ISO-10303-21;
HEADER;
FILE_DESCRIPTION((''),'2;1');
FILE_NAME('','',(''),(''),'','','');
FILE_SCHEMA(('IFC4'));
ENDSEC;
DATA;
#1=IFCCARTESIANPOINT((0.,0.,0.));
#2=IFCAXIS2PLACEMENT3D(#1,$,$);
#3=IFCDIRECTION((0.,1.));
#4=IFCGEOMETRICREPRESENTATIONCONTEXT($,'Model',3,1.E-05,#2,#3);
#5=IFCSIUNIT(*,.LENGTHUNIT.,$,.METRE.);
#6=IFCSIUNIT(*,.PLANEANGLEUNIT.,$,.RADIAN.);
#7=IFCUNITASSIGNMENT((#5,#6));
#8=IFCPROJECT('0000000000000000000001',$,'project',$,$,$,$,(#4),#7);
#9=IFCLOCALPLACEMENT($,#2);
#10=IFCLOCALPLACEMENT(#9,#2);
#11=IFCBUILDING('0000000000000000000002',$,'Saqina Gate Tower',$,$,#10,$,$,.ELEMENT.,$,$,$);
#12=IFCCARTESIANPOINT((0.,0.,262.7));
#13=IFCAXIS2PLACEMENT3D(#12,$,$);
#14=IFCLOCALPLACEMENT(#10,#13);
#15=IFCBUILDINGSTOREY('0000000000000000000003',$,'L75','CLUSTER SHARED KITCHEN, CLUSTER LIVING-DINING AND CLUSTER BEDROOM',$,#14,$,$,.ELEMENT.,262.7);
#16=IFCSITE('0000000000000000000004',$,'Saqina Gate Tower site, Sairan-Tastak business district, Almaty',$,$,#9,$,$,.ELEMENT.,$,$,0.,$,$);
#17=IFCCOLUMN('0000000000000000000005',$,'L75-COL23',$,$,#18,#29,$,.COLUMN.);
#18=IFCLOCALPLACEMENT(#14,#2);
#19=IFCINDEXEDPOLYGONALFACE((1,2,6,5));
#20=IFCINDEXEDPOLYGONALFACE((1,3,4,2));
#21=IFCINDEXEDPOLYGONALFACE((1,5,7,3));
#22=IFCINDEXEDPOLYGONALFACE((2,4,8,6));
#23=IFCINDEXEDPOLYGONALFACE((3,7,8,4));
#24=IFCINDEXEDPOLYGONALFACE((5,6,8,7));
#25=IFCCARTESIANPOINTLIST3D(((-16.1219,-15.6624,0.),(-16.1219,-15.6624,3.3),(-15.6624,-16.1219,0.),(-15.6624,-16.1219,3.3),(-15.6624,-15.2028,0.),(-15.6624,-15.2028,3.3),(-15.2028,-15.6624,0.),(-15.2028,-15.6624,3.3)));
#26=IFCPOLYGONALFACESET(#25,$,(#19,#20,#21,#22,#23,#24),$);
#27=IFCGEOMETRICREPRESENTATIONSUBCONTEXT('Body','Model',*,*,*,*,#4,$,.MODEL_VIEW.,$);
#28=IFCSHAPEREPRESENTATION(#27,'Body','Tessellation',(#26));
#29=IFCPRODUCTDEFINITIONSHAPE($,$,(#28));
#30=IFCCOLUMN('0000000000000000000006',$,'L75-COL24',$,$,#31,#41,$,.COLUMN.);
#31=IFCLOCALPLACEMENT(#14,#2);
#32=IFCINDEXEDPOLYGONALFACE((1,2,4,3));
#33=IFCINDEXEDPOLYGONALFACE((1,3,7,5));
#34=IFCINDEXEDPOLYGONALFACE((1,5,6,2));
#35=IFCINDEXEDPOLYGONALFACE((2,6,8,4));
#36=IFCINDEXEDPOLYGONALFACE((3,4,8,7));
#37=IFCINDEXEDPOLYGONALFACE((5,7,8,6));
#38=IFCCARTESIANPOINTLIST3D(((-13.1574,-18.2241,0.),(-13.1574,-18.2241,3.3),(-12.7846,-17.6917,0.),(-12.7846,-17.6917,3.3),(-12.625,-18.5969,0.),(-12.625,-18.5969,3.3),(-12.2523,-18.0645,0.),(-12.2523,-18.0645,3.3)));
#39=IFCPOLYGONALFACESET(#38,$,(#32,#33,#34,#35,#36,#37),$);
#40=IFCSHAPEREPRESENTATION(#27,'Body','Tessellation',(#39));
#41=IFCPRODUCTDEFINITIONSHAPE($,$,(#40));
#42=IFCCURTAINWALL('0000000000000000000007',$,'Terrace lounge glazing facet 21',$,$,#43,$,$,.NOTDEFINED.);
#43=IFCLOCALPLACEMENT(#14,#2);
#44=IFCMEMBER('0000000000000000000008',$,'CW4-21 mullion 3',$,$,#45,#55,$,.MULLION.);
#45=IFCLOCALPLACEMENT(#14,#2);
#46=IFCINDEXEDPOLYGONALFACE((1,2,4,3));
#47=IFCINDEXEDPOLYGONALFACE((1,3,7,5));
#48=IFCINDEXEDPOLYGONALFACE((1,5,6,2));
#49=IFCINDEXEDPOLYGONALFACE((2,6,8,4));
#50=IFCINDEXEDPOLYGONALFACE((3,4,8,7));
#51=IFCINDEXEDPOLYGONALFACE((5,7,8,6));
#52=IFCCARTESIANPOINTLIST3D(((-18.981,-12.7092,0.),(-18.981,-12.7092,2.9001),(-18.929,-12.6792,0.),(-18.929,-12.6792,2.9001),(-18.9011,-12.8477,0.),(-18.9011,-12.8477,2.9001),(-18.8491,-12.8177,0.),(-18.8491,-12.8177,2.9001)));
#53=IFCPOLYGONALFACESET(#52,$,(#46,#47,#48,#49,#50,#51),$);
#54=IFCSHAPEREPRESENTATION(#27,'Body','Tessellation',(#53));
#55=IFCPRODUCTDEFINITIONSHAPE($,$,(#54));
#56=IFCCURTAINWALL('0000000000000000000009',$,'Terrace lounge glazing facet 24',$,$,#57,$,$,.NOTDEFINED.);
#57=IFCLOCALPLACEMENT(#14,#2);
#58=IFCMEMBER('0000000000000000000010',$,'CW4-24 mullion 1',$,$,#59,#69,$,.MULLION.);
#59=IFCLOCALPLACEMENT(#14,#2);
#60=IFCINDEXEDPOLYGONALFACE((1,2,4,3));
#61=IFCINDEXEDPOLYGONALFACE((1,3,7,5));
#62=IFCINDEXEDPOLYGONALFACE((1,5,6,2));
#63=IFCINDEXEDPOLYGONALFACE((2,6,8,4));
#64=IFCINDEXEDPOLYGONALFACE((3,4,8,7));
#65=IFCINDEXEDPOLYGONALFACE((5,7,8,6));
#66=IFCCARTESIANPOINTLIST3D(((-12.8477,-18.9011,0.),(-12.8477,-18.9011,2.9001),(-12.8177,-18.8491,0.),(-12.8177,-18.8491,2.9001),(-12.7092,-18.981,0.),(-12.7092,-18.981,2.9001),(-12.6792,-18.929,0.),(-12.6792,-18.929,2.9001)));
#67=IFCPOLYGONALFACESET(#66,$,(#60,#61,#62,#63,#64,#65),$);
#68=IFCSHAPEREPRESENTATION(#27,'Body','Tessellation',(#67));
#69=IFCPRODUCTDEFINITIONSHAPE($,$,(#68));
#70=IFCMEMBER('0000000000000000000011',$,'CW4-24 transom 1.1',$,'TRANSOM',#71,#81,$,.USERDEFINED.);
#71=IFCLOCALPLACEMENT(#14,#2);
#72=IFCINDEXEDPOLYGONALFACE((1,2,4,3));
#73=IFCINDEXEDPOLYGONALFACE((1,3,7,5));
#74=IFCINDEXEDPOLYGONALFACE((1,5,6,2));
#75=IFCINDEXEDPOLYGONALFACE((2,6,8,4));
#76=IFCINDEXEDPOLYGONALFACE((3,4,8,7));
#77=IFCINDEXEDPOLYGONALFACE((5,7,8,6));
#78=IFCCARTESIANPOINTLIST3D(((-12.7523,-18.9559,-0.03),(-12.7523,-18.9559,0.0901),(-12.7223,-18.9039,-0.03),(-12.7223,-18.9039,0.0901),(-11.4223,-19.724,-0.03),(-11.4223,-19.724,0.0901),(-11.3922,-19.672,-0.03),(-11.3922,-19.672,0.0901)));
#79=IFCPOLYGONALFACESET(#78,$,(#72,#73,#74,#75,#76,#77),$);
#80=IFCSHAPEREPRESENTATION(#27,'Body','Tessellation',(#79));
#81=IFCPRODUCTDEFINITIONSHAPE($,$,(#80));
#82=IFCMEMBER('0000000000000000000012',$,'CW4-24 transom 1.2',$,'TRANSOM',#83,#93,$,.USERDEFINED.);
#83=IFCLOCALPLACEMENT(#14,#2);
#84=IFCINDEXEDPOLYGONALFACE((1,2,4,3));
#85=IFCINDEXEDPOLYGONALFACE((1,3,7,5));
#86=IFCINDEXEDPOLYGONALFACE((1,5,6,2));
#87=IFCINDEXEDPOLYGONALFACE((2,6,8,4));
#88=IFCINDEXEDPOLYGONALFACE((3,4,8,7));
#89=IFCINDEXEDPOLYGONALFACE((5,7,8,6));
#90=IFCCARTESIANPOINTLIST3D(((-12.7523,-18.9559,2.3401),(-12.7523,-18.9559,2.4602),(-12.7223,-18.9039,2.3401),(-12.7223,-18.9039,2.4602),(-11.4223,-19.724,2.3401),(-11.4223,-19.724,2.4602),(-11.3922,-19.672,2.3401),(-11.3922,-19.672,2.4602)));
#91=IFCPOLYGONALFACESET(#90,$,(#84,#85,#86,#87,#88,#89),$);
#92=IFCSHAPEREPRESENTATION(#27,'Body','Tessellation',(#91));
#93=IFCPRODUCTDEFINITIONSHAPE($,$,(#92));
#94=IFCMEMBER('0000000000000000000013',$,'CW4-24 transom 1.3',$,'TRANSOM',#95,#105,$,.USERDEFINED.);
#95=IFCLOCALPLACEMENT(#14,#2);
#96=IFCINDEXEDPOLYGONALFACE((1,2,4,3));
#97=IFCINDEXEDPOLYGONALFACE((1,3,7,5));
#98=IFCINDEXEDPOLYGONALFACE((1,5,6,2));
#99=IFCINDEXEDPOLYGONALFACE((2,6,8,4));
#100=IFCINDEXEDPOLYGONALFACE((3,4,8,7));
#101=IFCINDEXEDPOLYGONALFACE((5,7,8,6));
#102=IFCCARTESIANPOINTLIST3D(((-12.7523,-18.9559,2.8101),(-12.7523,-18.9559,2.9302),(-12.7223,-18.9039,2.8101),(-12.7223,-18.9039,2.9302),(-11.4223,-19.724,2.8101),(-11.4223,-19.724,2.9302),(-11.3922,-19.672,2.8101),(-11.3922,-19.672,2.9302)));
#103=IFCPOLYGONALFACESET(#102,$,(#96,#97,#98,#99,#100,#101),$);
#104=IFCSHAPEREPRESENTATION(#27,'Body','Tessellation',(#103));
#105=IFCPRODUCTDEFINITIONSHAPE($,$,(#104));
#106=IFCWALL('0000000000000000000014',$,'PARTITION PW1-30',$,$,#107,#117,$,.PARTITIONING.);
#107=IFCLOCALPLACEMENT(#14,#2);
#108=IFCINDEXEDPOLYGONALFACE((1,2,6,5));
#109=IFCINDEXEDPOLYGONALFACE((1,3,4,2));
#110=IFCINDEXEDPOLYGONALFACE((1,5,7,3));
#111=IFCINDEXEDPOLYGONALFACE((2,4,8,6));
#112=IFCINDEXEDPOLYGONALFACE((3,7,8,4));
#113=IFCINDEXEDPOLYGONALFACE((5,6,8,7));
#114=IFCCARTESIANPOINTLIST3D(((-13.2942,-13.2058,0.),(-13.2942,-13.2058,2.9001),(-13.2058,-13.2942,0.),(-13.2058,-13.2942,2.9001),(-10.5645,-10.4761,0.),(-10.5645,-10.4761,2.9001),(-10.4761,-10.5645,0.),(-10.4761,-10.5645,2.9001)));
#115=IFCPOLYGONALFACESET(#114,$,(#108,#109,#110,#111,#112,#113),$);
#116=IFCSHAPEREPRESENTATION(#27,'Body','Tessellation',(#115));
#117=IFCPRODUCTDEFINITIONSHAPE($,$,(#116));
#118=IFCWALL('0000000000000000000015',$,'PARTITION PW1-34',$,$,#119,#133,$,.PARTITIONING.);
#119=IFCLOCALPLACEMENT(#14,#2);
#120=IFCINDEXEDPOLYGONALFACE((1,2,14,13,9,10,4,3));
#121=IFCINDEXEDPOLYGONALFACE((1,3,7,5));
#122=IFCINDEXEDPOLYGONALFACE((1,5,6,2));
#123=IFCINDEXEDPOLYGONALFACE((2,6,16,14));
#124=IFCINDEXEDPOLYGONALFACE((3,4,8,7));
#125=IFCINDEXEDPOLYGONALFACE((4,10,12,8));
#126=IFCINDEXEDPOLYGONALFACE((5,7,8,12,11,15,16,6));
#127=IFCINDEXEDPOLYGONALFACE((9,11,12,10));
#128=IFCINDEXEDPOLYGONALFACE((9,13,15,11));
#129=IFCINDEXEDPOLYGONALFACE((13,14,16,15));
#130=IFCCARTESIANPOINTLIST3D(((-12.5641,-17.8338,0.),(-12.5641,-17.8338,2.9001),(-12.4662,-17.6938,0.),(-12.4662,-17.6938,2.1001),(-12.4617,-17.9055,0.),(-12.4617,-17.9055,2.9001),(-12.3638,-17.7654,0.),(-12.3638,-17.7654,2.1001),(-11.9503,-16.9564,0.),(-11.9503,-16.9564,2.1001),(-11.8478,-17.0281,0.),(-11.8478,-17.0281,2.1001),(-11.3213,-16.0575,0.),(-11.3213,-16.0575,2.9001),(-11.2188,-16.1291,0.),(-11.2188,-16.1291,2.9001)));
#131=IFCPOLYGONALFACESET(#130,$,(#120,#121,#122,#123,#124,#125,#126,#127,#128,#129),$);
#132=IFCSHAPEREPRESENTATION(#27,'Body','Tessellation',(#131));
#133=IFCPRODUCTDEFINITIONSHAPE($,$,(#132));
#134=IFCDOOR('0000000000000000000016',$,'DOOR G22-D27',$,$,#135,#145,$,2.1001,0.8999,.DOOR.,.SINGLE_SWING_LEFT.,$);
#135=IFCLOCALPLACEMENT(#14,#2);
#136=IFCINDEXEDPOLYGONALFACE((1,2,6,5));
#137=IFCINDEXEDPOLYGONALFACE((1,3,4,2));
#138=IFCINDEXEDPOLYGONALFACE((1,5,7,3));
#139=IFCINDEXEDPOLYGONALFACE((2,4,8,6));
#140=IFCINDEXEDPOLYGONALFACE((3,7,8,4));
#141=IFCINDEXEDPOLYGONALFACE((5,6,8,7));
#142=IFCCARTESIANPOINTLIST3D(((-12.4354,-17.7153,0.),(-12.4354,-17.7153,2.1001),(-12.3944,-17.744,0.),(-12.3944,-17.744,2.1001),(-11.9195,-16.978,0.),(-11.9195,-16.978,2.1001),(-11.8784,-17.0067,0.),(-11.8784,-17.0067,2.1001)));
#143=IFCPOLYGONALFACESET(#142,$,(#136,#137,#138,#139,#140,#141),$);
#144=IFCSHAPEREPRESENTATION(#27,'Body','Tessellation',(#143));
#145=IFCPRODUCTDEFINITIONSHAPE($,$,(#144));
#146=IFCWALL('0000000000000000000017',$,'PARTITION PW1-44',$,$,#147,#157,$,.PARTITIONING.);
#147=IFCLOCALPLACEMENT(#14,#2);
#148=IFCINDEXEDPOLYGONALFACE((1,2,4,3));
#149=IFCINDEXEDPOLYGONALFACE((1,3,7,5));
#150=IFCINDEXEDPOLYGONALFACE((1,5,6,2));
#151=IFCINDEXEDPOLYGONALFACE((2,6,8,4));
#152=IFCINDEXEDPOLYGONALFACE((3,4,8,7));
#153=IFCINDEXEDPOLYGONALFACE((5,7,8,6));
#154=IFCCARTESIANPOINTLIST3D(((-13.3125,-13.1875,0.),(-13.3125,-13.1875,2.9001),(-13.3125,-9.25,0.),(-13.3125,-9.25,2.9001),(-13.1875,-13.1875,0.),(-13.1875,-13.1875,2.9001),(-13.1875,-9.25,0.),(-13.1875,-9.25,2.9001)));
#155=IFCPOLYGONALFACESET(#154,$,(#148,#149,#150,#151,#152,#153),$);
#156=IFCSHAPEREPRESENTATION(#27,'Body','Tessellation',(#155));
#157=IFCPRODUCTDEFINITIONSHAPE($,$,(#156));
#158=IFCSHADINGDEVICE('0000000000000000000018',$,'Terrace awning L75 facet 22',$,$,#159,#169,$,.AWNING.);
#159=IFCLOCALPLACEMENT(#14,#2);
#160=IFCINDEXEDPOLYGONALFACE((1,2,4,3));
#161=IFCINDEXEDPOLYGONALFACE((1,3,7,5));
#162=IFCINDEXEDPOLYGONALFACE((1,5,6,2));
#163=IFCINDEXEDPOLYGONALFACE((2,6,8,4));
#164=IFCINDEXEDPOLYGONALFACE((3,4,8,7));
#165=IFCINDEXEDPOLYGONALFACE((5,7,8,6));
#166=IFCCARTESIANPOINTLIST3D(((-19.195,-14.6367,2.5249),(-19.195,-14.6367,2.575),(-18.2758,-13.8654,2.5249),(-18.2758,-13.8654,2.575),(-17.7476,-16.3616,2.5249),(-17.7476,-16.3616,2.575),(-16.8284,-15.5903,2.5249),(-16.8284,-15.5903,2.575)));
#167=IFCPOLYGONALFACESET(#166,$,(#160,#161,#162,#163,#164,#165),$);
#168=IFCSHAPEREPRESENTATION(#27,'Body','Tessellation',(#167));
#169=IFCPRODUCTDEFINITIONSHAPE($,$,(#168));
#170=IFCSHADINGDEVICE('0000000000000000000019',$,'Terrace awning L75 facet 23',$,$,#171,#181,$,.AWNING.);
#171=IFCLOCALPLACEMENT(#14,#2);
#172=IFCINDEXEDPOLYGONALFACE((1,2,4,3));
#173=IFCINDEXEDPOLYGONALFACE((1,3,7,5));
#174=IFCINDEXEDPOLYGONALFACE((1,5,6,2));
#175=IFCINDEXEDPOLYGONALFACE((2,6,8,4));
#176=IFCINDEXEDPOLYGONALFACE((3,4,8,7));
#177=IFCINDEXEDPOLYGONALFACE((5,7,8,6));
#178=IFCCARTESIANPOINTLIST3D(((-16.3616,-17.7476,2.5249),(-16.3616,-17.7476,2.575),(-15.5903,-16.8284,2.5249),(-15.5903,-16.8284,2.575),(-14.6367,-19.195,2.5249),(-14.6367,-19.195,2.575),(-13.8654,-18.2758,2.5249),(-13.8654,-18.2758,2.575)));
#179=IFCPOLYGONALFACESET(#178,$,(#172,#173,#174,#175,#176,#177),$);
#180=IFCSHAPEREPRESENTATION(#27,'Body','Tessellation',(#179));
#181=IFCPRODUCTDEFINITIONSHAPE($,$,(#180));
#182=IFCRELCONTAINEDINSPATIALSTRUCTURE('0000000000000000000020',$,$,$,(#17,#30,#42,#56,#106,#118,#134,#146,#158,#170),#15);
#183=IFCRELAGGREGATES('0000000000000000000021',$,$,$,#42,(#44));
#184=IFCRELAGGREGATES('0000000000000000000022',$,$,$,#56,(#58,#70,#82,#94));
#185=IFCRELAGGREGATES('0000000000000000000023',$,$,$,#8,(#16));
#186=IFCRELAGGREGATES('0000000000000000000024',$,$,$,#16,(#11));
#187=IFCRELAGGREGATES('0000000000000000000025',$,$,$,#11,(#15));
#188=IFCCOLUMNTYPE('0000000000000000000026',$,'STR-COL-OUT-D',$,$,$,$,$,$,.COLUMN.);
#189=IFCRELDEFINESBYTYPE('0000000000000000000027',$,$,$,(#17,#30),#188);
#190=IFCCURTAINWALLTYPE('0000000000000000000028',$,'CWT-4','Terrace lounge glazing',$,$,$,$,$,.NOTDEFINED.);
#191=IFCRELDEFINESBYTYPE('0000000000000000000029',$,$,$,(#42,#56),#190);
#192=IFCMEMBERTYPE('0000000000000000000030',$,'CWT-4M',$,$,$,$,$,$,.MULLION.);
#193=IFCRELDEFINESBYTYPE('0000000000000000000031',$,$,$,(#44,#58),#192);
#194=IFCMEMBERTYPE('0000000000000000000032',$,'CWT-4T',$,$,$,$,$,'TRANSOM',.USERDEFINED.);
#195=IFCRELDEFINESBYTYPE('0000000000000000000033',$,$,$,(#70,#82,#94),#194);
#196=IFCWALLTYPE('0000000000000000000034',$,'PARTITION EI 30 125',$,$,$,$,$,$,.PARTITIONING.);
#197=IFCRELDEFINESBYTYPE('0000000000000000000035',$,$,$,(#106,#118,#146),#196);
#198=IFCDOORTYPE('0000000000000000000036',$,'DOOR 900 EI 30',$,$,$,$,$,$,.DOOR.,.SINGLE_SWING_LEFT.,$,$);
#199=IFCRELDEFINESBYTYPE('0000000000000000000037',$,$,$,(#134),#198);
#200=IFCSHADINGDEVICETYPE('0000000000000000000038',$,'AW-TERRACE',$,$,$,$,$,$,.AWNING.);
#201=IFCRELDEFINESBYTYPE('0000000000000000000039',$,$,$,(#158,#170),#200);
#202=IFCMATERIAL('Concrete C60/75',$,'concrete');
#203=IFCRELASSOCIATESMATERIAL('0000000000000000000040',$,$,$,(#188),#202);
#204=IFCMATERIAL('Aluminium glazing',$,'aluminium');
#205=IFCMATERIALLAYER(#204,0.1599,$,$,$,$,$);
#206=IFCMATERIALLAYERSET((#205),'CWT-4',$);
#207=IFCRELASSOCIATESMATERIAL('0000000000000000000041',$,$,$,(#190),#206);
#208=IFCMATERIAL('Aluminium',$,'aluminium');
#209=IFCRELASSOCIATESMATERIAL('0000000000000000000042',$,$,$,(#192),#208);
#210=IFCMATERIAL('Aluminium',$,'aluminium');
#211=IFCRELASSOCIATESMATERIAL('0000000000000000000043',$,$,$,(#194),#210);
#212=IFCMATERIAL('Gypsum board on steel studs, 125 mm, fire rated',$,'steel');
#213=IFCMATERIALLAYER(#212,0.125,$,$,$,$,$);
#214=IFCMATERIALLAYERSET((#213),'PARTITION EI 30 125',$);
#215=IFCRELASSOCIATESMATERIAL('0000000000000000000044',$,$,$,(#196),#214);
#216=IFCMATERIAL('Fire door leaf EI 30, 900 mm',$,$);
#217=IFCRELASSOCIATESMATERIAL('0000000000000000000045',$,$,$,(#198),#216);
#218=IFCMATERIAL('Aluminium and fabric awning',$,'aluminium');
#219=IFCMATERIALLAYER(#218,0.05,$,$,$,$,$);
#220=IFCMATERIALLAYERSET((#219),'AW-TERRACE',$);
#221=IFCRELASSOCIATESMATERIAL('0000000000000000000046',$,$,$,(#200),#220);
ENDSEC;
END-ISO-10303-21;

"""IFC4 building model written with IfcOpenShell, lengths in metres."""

from ifc_helpers import new_model, si_unit, direction, frame, frame_2d, origin, origin_2d, place, context, subcontext, project, spatial, rectangle, extrude, material, layer, layer_set, material_profile, profile_set, type_object, element, fill, aggregate, save


model = new_model("IFC4")

# Units and contexts
model_context = context("Model", 3, precision=1e-05, world=origin(), true_north=direction((0.0, 1.0)))
body_context = subcontext(model_context, "Body", "Model", "MODEL_VIEW")
ifc_project = project(units=[si_unit("LENGTHUNIT", "METRE"), si_unit("PLANEANGLEUNIT", "RADIAN")], contexts=[model_context])

# Site, building, storey
site_placement = place(None, origin())
site = spatial("IfcSite", under=ifc_project, at=site_placement, Name="Saqina Gate Tower site, Sairan-Tastak business district, Almaty", CompositionType="ELEMENT", RefElevation=0.0)
building_placement = place(site_placement, origin())
building = spatial("IfcBuilding", under=site, at=building_placement, Name="Saqina Gate Tower", CompositionType="ELEMENT")
storey_placement = place(building_placement, frame((0.0, 0.0, 262.7)))
storey = spatial("IfcBuildingStorey", under=building, at=storey_placement, Name="L75", Description="CLUSTER SHARED KITCHEN, CLUSTER LIVING-DINING AND CLUSTER BEDROOM", CompositionType="ELEMENT", Elevation=262.7)

# Columns
ifc_material_1 = material(Name="Concrete C60/75", Category="concrete")
ifc_material_profile_1 = material_profile(ifc_material_1, rectangle(XDim=0.6499, YDim=0.6499, at=origin_2d()), Name="RC 650x650")
ifc_profile_set_1 = profile_set([ifc_material_profile_1], Name="Concrete C60/75")
column_type = type_object("IfcColumnType", Name="STR-COL-OUT-D", PredefinedType="COLUMN", material=ifc_profile_set_1)
for number, where, z_axis, x_axis, name in (
    (1, (-15.6624, -15.6624, 0.0), (0.0, 0.0, 1.0), (-0.707107, -0.707107, 0.0), "L75-COL23"),
    (2, (-12.7048, -18.1443, 0.0), (0.0, 0.0, 1.0), (-0.573576, -0.819152, 0.0), "L75-COL24"),
):
    element("IfcColumn", number, at=place(storey_placement, frame(where, z_axis=z_axis, x_axis=x_axis)), inside=storey, type_object=column_type, Name=name, PredefinedType="COLUMN", context=body_context, shape_type="SweptSolid", body=[
        extrude(rectangle(XDim=0.6499, YDim=0.6499, at=origin_2d()), origin(), (0.0, 0.0, 1.0), 3.3),
    ])

# Curtain wall, member
ifc_material_2 = material(Name="Aluminium glazing", Category="aluminium")
ifc_layer_1 = layer(ifc_material_2, 0.1599)
ifc_layer_set_1 = layer_set([ifc_layer_1], Name="CWT-4")
curtain_wall_type = type_object("IfcCurtainWallType", Name="CWT-4", Description="Terrace lounge glazing", PredefinedType="NOTDEFINED", material=ifc_layer_set_1)
curtain_wall_1_placement = place(storey_placement, origin())
curtain_wall_1 = element("IfcCurtainWall", 3, at=curtain_wall_1_placement, inside=storey, type_object=curtain_wall_type, Name="Terrace lounge glazing facet 21", PredefinedType="NOTDEFINED")
ifc_material_3 = material(Name="Aluminium", Category="aluminium")
ifc_material_profile_2 = material_profile(ifc_material_3, rectangle(XDim=0.0601, YDim=0.1599, at=origin_2d()), Name="Aluminium 60x160")
ifc_profile_set_2 = profile_set([ifc_material_profile_2], Name="Aluminium")
member_type_1 = type_object("IfcMemberType", Name="CWT-4M", PredefinedType="MULLION", material=ifc_profile_set_2)
member_1_placement = place(storey_placement, frame((-18.915, -12.7634, 0.0), z_axis=(0.0, 0.0, 1.0), x_axis=(0.866036, 0.499982, 0.0)))
member_1 = element("IfcMember", 4, at=member_1_placement, type_object=member_type_1, Name="CW4-21 mullion 3", PredefinedType="MULLION", context=body_context, shape_type="SweptSolid", body=[
    extrude(rectangle(XDim=0.0601, YDim=0.1599, at=origin_2d()), origin(), (0.0, 0.0, 1.0), 2.9001),
])
aggregate(curtain_wall_1, [member_1])

# Curtain wall, members
curtain_wall_2_placement = place(storey_placement, origin())
curtain_wall_2 = element("IfcCurtainWall", 5, at=curtain_wall_2_placement, inside=storey, type_object=curtain_wall_type, Name="Terrace lounge glazing facet 24", PredefinedType="NOTDEFINED")
member_2_placement = place(storey_placement, frame((-12.7634, -18.915, 0.0), z_axis=(0.0, 0.0, 1.0), x_axis=(0.499982, 0.866036, 0.0)))
member_2 = element("IfcMember", 6, at=member_2_placement, type_object=member_type_1, Name="CW4-24 mullion 1", PredefinedType="MULLION", context=body_context, shape_type="SweptSolid", body=[
    extrude(rectangle(XDim=0.0601, YDim=0.1599, at=origin_2d()), origin(), (0.0, 0.0, 1.0), 2.9001),
])
ifc_material_4 = material(Name="Aluminium", Category="aluminium")
ifc_material_profile_3 = material_profile(ifc_material_4, rectangle(XDim=0.0601, YDim=0.1201, at=origin_2d()), Name="Aluminium 60x120")
ifc_profile_set_3 = profile_set([ifc_material_profile_3], Name="Aluminium")
member_type_2 = type_object("IfcMemberType", Name="CWT-4T", ElementType="TRANSOM", PredefinedType="USERDEFINED", material=ifc_profile_set_3)
member_3_placement = place(storey_placement, frame((-12.7373, -18.9299, 0.03), z_axis=(0.865984, -0.500071, 0.0), x_axis=(0.500071, 0.865984, 0.0)))
member_3 = element("IfcMember", 7, at=member_3_placement, type_object=member_type_2, Name="CW4-24 transom 1.1", ObjectType="TRANSOM", PredefinedType="USERDEFINED", context=body_context, shape_type="SweptSolid", body=[
    extrude(rectangle(XDim=0.0601, YDim=0.1201, at=origin_2d()), origin(), (0.0, 0.0, 1.0), 1.5359),
])
member_4_placement = place(storey_placement, frame((-12.7373, -18.9299, 2.4001), z_axis=(0.865984, -0.500071, 0.0), x_axis=(0.500071, 0.865984, 0.0)))
member_4 = element("IfcMember", 8, at=member_4_placement, type_object=member_type_2, Name="CW4-24 transom 1.2", ObjectType="TRANSOM", PredefinedType="USERDEFINED", context=body_context, shape_type="SweptSolid", body=[
    extrude(rectangle(XDim=0.0601, YDim=0.1201, at=origin_2d()), origin(), (0.0, 0.0, 1.0), 1.5359),
])
member_5_placement = place(storey_placement, frame((-12.7373, -18.9299, 2.8701), z_axis=(0.865984, -0.500071, 0.0), x_axis=(0.500071, 0.865984, 0.0)))
member_5 = element("IfcMember", 9, at=member_5_placement, type_object=member_type_2, Name="CW4-24 transom 1.3", ObjectType="TRANSOM", PredefinedType="USERDEFINED", context=body_context, shape_type="SweptSolid", body=[
    extrude(rectangle(XDim=0.0601, YDim=0.1201, at=origin_2d()), origin(), (0.0, 0.0, 1.0), 1.5359),
])
aggregate(curtain_wall_2, [member_2, member_3, member_4, member_5])

# Wall
ifc_material_5 = material(Name="Gypsum board on steel studs, 125 mm, fire rated", Category="steel")
ifc_layer_2 = layer(ifc_material_5, 0.125)
ifc_layer_set_2 = layer_set([ifc_layer_2], Name="PARTITION EI 30 125")
wall_type_1 = type_object("IfcWallType", Name="PARTITION EI 30 125", PredefinedType="PARTITIONING", material=ifc_layer_set_2)
wall_1_placement = place(storey_placement, frame((-13.25, -13.25, 0.0), z_axis=(0.0, 0.0, 1.0), x_axis=(0.707107, 0.707107, 0.0)))
element("IfcWall", 10, at=wall_1_placement, inside=storey, type_object=wall_type_1, Name="PARTITION PW1-30", PredefinedType="PARTITIONING", context=body_context, shape_type="SweptSolid", body=[
    extrude(rectangle(XDim=3.8604, YDim=0.125, at=frame_2d((1.9302, 0.0))), origin(), (0.0, 0.0, 1.0), 2.9001),
])

# Wall, opening, door
wall_2_placement = place(storey_placement, frame((-12.5129, -17.8696, 0.0), z_axis=(0.0, 0.0, 1.0), x_axis=(0.573296, 0.819348, 0.0)))
wall_2 = element("IfcWall", 11, at=wall_2_placement, inside=storey, type_object=wall_type_1, Name="PARTITION PW1-34", PredefinedType="PARTITIONING", context=body_context, shape_type="SweptSolid", body=[
    extrude(rectangle(XDim=2.168, YDim=0.125, at=frame_2d((1.084, 0.0))), origin(), (0.0, 0.0, 1.0), 2.9001),
])
opening_1_placement = place(wall_2_placement, frame((0.1709, 0.0, 0.0)))
opening_1 = element("IfcOpeningElement", 12, at=opening_1_placement, cuts=wall_2, PredefinedType="OPENING", context=body_context, shape_type="SweptSolid", body=[
    extrude(rectangle(XDim=0.8999, YDim=2.1001, at=frame_2d((0.45, 1.05))), frame((0.0, 0.0745, 0.0), z_axis=(0.0, -1.0, 0.0), x_axis=(1.0, 0.0, 0.0)), (0.0, 0.0, 1.0), 0.1489),
])
ifc_material_6 = material(Name="Fire door leaf EI 30, 900 mm")
door_type_1 = type_object("IfcDoorType", Name="DOOR 900 EI 30", OperationType="SINGLE_SWING_LEFT", PredefinedType="DOOR", material=ifc_material_6)
door_1_placement = place(opening_1_placement, origin())
door_1 = element("IfcDoor", 13, at=door_1_placement, inside=storey, type_object=door_type_1, Name="DOOR G22-D27", OperationType="SINGLE_SWING_LEFT", OverallHeight=2.1001, OverallWidth=0.8999, PredefinedType="DOOR", context=body_context, shape_type="SweptSolid", body=[
    extrude(rectangle(XDim=0.8999, YDim=2.1001, at=frame_2d((0.45, 1.05))), frame((0.0, 0.0249, 0.0), z_axis=(0.0, -1.0, 0.0), x_axis=(1.0, 0.0, 0.0)), (0.0, 0.0, 1.0), 0.05),
])
fill(opening_1, door_1)

# Wall
wall_3_placement = place(storey_placement, frame((-13.25, -13.1875, 0.0), z_axis=(0.0, 0.0, 1.0), x_axis=(0.0, 1.0, 0.0)))
element("IfcWall", 14, at=wall_3_placement, inside=storey, type_object=wall_type_1, Name="PARTITION PW1-44", PredefinedType="PARTITIONING", context=body_context, shape_type="SweptSolid", body=[
    extrude(rectangle(XDim=3.9375, YDim=0.125, at=frame_2d((1.9688, 0.0))), origin(), (0.0, 0.0, 1.0), 2.9001),
])

# Shading devices
ifc_material_7 = material(Name="Aluminium and fabric awning", Category="aluminium")
ifc_layer_3 = layer(ifc_material_7, 0.05)
ifc_layer_set_3 = layer_set([ifc_layer_3], Name="AW-TERRACE")
shading_device_type = type_object("IfcShadingDeviceType", Name="AW-TERRACE", PredefinedType="AWNING", material=ifc_layer_set_3)
for number, where, z_axis, x_axis, name in (
    (15, (-18.0117, -15.1135, 2.5249), (0.0, 0.0, 1.0), (0.642788, -0.766044, 0.0), "Terrace awning L75 facet 22"),
    (16, (-15.1135, -18.0117, 2.5249), (0.0, 0.0, 1.0), (0.766044, -0.642788, 0.0), "Terrace awning L75 facet 23"),
):
    element("IfcShadingDevice", number, at=place(storey_placement, frame(where, z_axis=z_axis, x_axis=x_axis)), inside=storey, type_object=shading_device_type, Name=name, PredefinedType="AWNING", context=body_context, shape_type="SweptSolid", body=[
        extrude(rectangle(XDim=2.2517, YDim=1.2, at=origin_2d()), origin(), (0.0, 0.0, 1.0), 0.05),
    ])

save(model, "model.ifc")
